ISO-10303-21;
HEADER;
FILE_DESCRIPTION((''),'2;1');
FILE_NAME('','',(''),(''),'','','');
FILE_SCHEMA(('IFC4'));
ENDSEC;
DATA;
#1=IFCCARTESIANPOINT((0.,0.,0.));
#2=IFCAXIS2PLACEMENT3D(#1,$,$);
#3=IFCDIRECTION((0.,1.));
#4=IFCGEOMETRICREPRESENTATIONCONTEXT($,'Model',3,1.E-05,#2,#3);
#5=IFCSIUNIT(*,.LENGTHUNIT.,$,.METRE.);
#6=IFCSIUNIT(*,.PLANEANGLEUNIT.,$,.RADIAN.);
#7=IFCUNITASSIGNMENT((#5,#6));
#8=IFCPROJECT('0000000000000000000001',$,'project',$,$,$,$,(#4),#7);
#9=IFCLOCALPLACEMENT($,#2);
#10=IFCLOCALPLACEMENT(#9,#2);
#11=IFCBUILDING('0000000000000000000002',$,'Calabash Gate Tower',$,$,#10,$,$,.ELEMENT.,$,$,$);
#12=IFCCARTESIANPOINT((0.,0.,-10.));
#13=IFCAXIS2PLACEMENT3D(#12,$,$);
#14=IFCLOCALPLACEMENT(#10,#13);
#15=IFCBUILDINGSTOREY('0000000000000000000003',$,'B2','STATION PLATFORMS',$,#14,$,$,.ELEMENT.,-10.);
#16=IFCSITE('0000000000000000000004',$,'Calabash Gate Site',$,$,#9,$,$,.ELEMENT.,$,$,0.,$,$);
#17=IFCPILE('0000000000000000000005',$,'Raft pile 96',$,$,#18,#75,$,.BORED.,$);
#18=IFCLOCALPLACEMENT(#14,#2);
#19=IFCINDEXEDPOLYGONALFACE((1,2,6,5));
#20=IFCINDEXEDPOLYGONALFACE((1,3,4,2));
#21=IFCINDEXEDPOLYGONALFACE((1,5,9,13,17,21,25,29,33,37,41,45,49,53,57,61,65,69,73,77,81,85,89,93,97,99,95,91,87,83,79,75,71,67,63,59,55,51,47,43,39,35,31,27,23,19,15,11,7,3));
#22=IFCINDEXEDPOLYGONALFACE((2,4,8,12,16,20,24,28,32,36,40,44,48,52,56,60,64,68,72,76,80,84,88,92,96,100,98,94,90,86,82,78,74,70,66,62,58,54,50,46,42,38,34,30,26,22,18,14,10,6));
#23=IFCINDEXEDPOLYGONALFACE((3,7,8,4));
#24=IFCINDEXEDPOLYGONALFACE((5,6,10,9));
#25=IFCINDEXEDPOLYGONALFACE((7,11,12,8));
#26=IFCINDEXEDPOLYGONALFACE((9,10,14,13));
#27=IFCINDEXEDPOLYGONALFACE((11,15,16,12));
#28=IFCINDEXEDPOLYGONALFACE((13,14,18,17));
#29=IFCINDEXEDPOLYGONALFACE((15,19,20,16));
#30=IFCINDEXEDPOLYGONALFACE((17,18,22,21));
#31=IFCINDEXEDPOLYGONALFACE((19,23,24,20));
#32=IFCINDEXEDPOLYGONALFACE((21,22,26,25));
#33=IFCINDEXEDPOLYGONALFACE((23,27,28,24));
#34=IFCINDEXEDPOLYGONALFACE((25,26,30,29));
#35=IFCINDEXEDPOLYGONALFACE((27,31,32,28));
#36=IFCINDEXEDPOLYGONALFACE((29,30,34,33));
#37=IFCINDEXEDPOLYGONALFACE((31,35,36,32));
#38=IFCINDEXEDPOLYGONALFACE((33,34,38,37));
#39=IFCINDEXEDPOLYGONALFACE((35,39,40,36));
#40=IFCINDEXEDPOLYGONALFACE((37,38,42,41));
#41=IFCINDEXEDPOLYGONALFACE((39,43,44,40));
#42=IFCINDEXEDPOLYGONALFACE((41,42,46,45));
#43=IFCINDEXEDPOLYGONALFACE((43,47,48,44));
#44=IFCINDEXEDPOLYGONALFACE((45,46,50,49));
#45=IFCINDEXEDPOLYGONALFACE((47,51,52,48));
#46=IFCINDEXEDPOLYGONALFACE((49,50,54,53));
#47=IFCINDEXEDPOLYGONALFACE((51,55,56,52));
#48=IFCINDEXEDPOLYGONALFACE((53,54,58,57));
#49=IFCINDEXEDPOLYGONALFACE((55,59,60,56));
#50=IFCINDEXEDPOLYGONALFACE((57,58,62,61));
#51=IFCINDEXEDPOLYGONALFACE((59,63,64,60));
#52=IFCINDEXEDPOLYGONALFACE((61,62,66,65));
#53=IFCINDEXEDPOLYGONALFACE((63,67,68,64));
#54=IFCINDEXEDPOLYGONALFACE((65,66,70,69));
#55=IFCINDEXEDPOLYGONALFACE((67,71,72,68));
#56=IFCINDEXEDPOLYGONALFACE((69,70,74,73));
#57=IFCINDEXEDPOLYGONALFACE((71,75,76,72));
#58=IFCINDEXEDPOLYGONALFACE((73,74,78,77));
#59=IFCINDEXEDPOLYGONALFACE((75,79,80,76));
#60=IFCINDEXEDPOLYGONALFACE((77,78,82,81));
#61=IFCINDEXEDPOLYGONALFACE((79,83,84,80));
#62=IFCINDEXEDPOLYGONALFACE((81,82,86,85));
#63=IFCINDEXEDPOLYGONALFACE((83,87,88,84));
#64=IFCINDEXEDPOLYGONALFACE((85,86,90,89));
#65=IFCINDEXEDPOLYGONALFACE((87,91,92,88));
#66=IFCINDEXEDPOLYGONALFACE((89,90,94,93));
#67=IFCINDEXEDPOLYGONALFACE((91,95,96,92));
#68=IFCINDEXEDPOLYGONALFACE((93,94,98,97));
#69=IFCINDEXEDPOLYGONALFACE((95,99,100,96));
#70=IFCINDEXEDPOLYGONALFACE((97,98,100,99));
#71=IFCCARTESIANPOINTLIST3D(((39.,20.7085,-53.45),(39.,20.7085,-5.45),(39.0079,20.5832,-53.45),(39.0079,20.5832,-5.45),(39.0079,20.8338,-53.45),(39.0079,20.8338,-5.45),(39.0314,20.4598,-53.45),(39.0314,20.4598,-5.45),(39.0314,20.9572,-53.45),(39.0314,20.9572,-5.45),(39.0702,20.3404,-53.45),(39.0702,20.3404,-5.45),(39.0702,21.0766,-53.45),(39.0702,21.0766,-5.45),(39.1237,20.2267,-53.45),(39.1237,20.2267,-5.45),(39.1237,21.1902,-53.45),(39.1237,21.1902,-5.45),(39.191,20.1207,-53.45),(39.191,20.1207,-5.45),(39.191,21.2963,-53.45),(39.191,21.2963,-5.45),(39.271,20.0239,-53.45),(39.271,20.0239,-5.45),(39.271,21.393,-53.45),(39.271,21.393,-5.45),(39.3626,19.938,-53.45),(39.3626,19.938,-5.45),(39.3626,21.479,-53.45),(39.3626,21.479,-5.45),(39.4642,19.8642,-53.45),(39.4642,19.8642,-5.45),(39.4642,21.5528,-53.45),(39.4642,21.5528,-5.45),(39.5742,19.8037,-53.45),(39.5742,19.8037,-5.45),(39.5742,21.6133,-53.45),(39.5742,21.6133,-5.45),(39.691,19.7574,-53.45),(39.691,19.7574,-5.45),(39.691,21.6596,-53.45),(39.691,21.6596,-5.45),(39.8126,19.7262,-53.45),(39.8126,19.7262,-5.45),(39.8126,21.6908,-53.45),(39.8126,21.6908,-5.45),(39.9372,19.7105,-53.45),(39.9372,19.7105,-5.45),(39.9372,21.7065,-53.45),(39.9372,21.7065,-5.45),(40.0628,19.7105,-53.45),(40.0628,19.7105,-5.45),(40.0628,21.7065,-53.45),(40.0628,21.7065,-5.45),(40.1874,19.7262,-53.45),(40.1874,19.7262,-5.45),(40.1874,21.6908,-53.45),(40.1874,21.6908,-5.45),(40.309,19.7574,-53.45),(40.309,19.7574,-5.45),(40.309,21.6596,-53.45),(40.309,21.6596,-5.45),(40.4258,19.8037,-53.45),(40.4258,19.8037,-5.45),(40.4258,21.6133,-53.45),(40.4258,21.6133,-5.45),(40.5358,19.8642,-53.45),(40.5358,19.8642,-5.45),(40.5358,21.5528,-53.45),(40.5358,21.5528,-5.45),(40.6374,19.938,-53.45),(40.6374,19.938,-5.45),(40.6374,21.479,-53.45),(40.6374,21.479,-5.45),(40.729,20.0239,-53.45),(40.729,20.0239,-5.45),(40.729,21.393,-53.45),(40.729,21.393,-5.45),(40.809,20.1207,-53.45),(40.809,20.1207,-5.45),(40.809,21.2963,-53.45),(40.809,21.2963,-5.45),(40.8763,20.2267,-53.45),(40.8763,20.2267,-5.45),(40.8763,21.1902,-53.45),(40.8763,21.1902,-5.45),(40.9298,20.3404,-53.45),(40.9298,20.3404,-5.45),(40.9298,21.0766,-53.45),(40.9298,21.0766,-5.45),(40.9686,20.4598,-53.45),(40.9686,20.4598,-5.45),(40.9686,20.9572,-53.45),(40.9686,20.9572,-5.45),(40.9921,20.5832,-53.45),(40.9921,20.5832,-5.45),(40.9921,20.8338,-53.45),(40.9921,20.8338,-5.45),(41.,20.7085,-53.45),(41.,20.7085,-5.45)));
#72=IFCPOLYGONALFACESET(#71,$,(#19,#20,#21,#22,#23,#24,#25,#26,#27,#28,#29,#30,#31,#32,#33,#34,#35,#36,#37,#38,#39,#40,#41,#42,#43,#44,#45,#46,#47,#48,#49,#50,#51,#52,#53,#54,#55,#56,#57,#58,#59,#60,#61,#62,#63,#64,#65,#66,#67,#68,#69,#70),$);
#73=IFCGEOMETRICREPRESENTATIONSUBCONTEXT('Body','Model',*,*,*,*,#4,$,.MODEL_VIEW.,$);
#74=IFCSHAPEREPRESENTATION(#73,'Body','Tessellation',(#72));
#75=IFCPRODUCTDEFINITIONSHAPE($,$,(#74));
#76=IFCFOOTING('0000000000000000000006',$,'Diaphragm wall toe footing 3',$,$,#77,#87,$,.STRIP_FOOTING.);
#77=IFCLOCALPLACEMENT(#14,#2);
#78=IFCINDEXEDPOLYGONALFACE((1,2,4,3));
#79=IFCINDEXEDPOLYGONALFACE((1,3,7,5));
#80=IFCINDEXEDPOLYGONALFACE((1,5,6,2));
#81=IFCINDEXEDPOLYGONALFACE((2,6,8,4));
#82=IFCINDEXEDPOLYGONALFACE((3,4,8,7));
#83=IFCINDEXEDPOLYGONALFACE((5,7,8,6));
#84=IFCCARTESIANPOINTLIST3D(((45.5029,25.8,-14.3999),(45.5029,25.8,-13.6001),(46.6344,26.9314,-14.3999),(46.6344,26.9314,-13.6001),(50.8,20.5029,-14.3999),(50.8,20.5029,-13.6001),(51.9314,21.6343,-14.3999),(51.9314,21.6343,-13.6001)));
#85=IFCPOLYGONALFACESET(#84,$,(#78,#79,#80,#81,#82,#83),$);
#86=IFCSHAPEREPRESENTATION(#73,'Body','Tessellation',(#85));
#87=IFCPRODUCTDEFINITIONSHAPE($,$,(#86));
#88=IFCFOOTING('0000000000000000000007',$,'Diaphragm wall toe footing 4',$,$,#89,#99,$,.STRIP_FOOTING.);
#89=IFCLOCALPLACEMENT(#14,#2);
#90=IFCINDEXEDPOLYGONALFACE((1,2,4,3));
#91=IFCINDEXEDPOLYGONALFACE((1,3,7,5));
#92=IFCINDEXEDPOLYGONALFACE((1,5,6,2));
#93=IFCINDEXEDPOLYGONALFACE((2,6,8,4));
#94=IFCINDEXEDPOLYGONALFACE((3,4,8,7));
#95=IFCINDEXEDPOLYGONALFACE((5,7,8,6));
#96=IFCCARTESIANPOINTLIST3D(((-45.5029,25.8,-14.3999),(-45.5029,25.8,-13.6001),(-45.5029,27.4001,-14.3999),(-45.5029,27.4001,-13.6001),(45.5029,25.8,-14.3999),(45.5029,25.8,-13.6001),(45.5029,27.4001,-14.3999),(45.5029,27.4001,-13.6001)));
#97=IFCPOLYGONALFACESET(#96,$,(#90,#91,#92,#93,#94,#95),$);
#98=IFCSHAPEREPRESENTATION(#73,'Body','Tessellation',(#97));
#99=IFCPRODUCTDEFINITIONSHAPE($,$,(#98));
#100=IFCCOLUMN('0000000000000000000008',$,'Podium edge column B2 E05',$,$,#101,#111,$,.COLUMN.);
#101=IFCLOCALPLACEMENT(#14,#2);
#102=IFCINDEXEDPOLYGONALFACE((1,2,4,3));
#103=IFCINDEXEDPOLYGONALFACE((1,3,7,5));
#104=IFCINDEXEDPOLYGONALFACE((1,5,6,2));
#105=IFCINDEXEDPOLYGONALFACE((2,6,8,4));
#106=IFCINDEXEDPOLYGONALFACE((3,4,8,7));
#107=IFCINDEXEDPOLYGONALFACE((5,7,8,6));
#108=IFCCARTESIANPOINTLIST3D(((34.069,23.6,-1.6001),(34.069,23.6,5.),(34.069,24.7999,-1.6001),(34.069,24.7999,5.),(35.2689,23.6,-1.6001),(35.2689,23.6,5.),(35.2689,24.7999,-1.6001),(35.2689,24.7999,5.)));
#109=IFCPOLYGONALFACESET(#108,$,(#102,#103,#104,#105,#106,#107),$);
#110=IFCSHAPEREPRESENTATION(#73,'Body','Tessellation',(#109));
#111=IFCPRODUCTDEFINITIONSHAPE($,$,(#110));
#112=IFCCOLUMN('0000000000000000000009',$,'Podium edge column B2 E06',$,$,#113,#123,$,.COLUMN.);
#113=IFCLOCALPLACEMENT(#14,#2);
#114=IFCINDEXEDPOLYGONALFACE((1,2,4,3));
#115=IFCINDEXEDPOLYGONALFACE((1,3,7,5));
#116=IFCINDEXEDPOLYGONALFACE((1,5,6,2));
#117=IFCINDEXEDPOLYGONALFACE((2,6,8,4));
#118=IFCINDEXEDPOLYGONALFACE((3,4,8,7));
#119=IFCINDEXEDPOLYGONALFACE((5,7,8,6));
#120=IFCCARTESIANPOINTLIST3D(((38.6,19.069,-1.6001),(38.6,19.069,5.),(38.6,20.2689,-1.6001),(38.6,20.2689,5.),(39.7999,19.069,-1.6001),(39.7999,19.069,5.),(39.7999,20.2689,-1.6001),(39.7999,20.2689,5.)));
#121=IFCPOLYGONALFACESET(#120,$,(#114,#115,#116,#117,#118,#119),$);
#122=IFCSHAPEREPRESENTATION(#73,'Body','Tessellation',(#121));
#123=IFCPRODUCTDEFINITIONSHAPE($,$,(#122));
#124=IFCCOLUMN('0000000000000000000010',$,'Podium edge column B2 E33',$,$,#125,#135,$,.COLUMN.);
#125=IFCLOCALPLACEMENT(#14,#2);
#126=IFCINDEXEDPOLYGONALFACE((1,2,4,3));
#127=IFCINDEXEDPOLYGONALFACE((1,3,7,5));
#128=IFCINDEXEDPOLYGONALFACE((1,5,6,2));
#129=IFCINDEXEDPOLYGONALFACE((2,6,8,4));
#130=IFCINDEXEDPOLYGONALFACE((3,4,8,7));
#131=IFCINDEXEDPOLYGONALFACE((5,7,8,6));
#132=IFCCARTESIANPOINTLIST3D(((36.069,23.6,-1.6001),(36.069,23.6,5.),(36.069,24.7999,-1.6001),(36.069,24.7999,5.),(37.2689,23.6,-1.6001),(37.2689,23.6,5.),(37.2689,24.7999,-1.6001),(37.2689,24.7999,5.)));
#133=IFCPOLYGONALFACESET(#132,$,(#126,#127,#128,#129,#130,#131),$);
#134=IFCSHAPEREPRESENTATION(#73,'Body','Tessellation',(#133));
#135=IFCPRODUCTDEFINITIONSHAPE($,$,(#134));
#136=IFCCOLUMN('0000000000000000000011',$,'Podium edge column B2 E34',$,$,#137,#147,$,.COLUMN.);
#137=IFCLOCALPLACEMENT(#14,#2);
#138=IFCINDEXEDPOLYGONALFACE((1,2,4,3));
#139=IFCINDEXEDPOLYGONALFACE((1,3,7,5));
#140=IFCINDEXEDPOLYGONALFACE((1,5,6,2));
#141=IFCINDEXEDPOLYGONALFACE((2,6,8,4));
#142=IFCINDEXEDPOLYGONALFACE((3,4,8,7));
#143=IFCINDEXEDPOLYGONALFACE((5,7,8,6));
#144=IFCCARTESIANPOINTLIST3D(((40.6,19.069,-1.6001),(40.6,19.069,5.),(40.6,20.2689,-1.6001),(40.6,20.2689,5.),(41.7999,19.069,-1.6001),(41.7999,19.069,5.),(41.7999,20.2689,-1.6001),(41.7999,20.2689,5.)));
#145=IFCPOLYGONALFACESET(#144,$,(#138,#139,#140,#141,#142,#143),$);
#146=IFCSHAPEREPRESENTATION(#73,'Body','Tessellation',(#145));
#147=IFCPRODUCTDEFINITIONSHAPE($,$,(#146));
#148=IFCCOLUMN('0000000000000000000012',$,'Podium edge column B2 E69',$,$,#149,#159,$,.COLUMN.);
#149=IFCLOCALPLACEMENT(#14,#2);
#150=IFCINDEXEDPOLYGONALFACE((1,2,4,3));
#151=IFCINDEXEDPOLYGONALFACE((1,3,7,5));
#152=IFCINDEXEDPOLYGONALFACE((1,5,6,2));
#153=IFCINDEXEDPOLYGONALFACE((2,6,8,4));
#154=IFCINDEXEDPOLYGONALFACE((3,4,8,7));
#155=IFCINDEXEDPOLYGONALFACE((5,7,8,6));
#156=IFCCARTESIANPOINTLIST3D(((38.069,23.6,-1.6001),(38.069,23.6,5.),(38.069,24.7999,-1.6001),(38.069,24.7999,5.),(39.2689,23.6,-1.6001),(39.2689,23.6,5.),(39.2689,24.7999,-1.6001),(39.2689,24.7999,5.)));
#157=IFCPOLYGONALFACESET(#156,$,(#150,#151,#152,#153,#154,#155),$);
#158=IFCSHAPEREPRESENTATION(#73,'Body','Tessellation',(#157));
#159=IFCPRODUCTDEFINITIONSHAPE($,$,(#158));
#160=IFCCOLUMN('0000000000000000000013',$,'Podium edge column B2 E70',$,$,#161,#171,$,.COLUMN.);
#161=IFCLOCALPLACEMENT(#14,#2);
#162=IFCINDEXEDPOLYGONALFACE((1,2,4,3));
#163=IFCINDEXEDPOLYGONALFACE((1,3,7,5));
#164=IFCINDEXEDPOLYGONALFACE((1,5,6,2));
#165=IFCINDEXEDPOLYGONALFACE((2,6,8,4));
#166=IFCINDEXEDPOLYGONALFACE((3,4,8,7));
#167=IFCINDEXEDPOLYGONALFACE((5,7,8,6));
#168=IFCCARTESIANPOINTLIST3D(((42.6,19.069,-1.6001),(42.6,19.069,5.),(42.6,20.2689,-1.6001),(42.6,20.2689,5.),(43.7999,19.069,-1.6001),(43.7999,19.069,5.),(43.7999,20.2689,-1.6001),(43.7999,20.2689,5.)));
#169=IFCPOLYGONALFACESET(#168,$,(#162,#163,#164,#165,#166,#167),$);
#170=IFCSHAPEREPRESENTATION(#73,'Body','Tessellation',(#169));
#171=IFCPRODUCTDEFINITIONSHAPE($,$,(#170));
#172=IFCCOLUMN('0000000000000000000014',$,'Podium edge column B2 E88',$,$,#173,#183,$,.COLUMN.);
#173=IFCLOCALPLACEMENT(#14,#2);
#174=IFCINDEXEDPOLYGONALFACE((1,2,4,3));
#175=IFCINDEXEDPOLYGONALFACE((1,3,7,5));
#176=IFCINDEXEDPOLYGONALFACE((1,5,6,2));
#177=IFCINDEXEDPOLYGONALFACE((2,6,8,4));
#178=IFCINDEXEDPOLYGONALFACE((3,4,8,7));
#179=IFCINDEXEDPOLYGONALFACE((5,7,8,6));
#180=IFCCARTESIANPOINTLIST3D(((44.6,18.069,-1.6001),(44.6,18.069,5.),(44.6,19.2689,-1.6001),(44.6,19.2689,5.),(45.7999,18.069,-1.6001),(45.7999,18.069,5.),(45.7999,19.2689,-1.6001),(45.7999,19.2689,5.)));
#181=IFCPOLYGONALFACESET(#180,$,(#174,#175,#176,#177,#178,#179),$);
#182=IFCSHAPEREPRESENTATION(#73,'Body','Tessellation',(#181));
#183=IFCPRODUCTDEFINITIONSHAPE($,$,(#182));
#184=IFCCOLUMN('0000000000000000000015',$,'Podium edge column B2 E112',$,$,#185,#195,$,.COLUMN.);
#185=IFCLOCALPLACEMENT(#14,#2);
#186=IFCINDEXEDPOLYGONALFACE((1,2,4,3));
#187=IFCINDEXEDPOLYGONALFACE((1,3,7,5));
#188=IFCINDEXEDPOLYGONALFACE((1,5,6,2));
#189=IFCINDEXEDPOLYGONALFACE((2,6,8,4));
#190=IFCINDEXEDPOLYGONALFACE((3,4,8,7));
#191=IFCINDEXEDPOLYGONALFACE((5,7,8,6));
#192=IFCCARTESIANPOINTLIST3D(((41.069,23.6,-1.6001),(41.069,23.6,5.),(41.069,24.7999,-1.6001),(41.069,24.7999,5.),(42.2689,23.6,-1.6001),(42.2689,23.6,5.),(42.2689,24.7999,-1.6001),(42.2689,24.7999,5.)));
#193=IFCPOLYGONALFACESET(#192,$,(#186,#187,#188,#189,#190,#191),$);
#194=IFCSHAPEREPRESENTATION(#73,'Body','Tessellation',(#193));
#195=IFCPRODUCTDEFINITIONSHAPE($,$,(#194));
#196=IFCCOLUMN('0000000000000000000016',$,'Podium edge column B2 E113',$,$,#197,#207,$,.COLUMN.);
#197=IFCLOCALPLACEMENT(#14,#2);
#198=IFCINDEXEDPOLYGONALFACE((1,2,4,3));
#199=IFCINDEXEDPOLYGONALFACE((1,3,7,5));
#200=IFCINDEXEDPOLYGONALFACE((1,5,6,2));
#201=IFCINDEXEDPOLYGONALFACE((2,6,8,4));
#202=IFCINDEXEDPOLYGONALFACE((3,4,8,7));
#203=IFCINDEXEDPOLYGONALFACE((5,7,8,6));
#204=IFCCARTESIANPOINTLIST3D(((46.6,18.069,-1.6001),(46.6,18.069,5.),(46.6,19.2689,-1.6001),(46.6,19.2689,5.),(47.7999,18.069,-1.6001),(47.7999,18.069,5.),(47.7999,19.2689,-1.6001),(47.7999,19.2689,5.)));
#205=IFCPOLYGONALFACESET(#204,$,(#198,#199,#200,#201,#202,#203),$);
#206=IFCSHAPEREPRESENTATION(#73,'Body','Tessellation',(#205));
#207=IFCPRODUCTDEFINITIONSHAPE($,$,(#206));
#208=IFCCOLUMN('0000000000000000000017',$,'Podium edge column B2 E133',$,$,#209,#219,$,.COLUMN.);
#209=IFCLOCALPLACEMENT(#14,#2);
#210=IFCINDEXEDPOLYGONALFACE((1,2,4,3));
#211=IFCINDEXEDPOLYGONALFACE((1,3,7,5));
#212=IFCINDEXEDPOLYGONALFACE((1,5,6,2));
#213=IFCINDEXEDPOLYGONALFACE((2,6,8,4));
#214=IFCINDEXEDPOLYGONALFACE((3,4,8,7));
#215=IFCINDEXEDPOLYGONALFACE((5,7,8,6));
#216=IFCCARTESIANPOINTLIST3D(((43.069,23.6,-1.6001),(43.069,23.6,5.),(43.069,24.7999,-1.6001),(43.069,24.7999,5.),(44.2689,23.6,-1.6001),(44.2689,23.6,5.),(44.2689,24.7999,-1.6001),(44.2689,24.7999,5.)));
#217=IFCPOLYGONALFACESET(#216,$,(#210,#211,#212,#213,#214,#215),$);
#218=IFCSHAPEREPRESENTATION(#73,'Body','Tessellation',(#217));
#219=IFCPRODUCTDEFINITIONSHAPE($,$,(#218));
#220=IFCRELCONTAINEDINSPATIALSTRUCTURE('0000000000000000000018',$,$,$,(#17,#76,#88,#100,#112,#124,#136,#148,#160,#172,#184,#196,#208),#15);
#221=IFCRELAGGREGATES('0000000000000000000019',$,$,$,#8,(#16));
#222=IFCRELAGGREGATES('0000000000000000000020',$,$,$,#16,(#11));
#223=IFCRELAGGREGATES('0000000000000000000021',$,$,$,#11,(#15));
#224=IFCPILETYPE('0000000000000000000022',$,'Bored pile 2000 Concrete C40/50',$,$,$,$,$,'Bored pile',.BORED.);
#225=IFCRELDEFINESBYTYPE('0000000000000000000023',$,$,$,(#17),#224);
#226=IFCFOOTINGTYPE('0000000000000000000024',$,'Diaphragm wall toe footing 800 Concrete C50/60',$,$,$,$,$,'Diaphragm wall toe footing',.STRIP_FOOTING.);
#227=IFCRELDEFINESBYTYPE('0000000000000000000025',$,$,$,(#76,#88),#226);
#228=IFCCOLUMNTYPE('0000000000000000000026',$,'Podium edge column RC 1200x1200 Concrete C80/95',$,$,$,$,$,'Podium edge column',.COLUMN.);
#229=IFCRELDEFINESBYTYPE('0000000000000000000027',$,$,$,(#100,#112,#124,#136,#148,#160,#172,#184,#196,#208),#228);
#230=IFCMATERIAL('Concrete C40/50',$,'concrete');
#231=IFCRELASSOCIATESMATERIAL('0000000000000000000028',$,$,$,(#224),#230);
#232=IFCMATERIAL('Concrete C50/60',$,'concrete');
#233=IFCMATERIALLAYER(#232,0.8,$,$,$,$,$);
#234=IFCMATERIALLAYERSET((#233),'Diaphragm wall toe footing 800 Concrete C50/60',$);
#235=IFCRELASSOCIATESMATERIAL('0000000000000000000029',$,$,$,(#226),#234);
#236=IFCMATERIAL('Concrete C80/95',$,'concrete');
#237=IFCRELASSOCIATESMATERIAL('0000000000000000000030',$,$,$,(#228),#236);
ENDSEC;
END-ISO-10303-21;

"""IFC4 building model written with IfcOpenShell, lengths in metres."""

from ifc_helpers import new_model, si_unit, direction, frame, frame_2d, origin, origin_2d, place, context, subcontext, project, spatial, rectangle, circle, extrude, material, layer, layer_set, material_profile, profile_set, type_object, element, save


model = new_model("IFC4")

# Units and contexts
model_context = context("Model", 3, precision=1e-05, world=origin(), true_north=direction((0.0, 1.0)))
body_context = subcontext(model_context, "Body", "Model", "MODEL_VIEW")
ifc_project = project(units=[si_unit("LENGTHUNIT", "METRE"), si_unit("PLANEANGLEUNIT", "RADIAN")], contexts=[model_context])

# Site, building, storey
site_placement = place(None, origin())
site = spatial("IfcSite", under=ifc_project, at=site_placement, Name="Calabash Gate Site", CompositionType="ELEMENT", RefElevation=0.0)
building_placement = place(site_placement, origin())
building = spatial("IfcBuilding", under=site, at=building_placement, Name="Calabash Gate Tower", CompositionType="ELEMENT")
storey_placement = place(building_placement, frame((0.0, 0.0, -10.0)))
storey = spatial("IfcBuildingStorey", under=building, at=storey_placement, Name="B2", Description="STATION PLATFORMS", CompositionType="ELEMENT", Elevation=-10.0)

# Pile
ifc_material_1 = material(Name="Concrete C40/50", Category="concrete")
ifc_material_profile_1 = material_profile(ifc_material_1, circle(Radius=1.0, at=origin_2d()))
ifc_profile_set_1 = profile_set([ifc_material_profile_1], Name="Concrete C40/50")
pile_type = type_object("IfcPileType", Name="Bored pile 2000 Concrete C40/50", ElementType="Bored pile", PredefinedType="BORED", material=ifc_profile_set_1)
pile_placement = place(storey_placement, frame((40.0, 20.7085, -5.45), z_axis=(0.0, 0.0, -1.0), x_axis=(1.0, 0.0, 0.0)))
element("IfcPile", 1, at=pile_placement, inside=storey, type_object=pile_type, Name="Raft pile 96", PredefinedType="BORED", context=body_context, shape_type="SweptSolid", body=[
    extrude(circle(Radius=1.0, at=origin_2d()), origin(), (0.0, 0.0, 1.0), 48.0),
])

# Footings
ifc_material_2 = material(Name="Concrete C50/60", Category="concrete")
ifc_layer_1 = layer(ifc_material_2, 0.8)
ifc_layer_set_1 = layer_set([ifc_layer_1], Name="Diaphragm wall toe footing 800 Concrete C50/60")
footing_type = type_object("IfcFootingType", Name="Diaphragm wall toe footing 800 Concrete C50/60", ElementType="Diaphragm wall toe footing", PredefinedType="STRIP_FOOTING", material=ifc_layer_set_1)
footing_1_placement = place(storey_placement, frame((51.3657, 21.0686, -14.3999), z_axis=(0.0, 0.0, 1.0), x_axis=(-0.707107, 0.707107, 0.0)))
element("IfcFooting", 2, at=footing_1_placement, inside=storey, type_object=footing_type, Name="Diaphragm wall toe footing 3", PredefinedType="STRIP_FOOTING", context=body_context, shape_type="SweptSolid", body=[
    extrude(rectangle(XDim=7.4912, YDim=1.6001, at=frame_2d((3.7456, 0.0))), origin(), (0.0, 0.0, 1.0), 0.7998),
])
footing_2_placement = place(storey_placement, frame((45.5029, 26.6001, -14.3999), z_axis=(0.0, 0.0, 1.0), x_axis=(-1.0, 0.0, 0.0)))
element("IfcFooting", 3, at=footing_2_placement, inside=storey, type_object=footing_type, Name="Diaphragm wall toe footing 4", PredefinedType="STRIP_FOOTING", context=body_context, shape_type="SweptSolid", body=[
    extrude(rectangle(XDim=91.0059, YDim=1.6001, at=frame_2d((45.5029, 0.0))), origin(), (0.0, 0.0, 1.0), 0.7998),
])

# Columns
ifc_material_3 = material(Name="Concrete C80/95", Category="concrete")
ifc_material_profile_2 = material_profile(ifc_material_3, rectangle(XDim=1.2, YDim=1.2, at=origin_2d()))
ifc_profile_set_2 = profile_set([ifc_material_profile_2], Name="Concrete C80/95")
column_type = type_object("IfcColumnType", Name="Podium edge column RC 1200x1200 Concrete C80/95", ElementType="Podium edge column", PredefinedType="COLUMN", material=ifc_profile_set_2)
for number, where, z_axis, x_axis, name in (
    (4, (34.6689, 24.2, -1.6001), (0.0, 0.0, 1.0), (1.0, 0.0, 0.0), "Podium edge column B2 E05"),
    (5, (39.2, 19.6689, -1.6001), (0.0, 0.0, 1.0), (1.0, 0.0, 0.0), "Podium edge column B2 E06"),
    (6, (36.6689, 24.2, -1.6001), (0.0, 0.0, 1.0), (1.0, 0.0, 0.0), "Podium edge column B2 E33"),
    (7, (41.2, 19.6689, -1.6001), (0.0, 0.0, 1.0), (1.0, 0.0, 0.0), "Podium edge column B2 E34"),
    (8, (38.6689, 24.2, -1.6001), (0.0, 0.0, 1.0), (1.0, 0.0, 0.0), "Podium edge column B2 E69"),
    (9, (43.2, 19.6689, -1.6001), (0.0, 0.0, 1.0), (1.0, 0.0, 0.0), "Podium edge column B2 E70"),
    (10, (45.2, 18.6689, -1.6001), (0.0, 0.0, 1.0), (1.0, 0.0, 0.0), "Podium edge column B2 E88"),
    (11, (41.6689, 24.2, -1.6001), (0.0, 0.0, 1.0), (1.0, 0.0, 0.0), "Podium edge column B2 E112"),
    (12, (47.2, 18.6689, -1.6001), (0.0, 0.0, 1.0), (1.0, 0.0, 0.0), "Podium edge column B2 E113"),
    (13, (43.6689, 24.2, -1.6001), (0.0, 0.0, 1.0), (1.0, 0.0, 0.0), "Podium edge column B2 E133"),
):
    element("IfcColumn", number, at=place(storey_placement, frame(where, z_axis=z_axis, x_axis=x_axis)), inside=storey, type_object=column_type, Name=name, PredefinedType="COLUMN", context=body_context, shape_type="SweptSolid", body=[
        extrude(rectangle(XDim=1.2, YDim=1.2, at=origin_2d()), origin(), (0.0, 0.0, 1.0), 6.6001),
    ])

save(model, "model.ifc")
